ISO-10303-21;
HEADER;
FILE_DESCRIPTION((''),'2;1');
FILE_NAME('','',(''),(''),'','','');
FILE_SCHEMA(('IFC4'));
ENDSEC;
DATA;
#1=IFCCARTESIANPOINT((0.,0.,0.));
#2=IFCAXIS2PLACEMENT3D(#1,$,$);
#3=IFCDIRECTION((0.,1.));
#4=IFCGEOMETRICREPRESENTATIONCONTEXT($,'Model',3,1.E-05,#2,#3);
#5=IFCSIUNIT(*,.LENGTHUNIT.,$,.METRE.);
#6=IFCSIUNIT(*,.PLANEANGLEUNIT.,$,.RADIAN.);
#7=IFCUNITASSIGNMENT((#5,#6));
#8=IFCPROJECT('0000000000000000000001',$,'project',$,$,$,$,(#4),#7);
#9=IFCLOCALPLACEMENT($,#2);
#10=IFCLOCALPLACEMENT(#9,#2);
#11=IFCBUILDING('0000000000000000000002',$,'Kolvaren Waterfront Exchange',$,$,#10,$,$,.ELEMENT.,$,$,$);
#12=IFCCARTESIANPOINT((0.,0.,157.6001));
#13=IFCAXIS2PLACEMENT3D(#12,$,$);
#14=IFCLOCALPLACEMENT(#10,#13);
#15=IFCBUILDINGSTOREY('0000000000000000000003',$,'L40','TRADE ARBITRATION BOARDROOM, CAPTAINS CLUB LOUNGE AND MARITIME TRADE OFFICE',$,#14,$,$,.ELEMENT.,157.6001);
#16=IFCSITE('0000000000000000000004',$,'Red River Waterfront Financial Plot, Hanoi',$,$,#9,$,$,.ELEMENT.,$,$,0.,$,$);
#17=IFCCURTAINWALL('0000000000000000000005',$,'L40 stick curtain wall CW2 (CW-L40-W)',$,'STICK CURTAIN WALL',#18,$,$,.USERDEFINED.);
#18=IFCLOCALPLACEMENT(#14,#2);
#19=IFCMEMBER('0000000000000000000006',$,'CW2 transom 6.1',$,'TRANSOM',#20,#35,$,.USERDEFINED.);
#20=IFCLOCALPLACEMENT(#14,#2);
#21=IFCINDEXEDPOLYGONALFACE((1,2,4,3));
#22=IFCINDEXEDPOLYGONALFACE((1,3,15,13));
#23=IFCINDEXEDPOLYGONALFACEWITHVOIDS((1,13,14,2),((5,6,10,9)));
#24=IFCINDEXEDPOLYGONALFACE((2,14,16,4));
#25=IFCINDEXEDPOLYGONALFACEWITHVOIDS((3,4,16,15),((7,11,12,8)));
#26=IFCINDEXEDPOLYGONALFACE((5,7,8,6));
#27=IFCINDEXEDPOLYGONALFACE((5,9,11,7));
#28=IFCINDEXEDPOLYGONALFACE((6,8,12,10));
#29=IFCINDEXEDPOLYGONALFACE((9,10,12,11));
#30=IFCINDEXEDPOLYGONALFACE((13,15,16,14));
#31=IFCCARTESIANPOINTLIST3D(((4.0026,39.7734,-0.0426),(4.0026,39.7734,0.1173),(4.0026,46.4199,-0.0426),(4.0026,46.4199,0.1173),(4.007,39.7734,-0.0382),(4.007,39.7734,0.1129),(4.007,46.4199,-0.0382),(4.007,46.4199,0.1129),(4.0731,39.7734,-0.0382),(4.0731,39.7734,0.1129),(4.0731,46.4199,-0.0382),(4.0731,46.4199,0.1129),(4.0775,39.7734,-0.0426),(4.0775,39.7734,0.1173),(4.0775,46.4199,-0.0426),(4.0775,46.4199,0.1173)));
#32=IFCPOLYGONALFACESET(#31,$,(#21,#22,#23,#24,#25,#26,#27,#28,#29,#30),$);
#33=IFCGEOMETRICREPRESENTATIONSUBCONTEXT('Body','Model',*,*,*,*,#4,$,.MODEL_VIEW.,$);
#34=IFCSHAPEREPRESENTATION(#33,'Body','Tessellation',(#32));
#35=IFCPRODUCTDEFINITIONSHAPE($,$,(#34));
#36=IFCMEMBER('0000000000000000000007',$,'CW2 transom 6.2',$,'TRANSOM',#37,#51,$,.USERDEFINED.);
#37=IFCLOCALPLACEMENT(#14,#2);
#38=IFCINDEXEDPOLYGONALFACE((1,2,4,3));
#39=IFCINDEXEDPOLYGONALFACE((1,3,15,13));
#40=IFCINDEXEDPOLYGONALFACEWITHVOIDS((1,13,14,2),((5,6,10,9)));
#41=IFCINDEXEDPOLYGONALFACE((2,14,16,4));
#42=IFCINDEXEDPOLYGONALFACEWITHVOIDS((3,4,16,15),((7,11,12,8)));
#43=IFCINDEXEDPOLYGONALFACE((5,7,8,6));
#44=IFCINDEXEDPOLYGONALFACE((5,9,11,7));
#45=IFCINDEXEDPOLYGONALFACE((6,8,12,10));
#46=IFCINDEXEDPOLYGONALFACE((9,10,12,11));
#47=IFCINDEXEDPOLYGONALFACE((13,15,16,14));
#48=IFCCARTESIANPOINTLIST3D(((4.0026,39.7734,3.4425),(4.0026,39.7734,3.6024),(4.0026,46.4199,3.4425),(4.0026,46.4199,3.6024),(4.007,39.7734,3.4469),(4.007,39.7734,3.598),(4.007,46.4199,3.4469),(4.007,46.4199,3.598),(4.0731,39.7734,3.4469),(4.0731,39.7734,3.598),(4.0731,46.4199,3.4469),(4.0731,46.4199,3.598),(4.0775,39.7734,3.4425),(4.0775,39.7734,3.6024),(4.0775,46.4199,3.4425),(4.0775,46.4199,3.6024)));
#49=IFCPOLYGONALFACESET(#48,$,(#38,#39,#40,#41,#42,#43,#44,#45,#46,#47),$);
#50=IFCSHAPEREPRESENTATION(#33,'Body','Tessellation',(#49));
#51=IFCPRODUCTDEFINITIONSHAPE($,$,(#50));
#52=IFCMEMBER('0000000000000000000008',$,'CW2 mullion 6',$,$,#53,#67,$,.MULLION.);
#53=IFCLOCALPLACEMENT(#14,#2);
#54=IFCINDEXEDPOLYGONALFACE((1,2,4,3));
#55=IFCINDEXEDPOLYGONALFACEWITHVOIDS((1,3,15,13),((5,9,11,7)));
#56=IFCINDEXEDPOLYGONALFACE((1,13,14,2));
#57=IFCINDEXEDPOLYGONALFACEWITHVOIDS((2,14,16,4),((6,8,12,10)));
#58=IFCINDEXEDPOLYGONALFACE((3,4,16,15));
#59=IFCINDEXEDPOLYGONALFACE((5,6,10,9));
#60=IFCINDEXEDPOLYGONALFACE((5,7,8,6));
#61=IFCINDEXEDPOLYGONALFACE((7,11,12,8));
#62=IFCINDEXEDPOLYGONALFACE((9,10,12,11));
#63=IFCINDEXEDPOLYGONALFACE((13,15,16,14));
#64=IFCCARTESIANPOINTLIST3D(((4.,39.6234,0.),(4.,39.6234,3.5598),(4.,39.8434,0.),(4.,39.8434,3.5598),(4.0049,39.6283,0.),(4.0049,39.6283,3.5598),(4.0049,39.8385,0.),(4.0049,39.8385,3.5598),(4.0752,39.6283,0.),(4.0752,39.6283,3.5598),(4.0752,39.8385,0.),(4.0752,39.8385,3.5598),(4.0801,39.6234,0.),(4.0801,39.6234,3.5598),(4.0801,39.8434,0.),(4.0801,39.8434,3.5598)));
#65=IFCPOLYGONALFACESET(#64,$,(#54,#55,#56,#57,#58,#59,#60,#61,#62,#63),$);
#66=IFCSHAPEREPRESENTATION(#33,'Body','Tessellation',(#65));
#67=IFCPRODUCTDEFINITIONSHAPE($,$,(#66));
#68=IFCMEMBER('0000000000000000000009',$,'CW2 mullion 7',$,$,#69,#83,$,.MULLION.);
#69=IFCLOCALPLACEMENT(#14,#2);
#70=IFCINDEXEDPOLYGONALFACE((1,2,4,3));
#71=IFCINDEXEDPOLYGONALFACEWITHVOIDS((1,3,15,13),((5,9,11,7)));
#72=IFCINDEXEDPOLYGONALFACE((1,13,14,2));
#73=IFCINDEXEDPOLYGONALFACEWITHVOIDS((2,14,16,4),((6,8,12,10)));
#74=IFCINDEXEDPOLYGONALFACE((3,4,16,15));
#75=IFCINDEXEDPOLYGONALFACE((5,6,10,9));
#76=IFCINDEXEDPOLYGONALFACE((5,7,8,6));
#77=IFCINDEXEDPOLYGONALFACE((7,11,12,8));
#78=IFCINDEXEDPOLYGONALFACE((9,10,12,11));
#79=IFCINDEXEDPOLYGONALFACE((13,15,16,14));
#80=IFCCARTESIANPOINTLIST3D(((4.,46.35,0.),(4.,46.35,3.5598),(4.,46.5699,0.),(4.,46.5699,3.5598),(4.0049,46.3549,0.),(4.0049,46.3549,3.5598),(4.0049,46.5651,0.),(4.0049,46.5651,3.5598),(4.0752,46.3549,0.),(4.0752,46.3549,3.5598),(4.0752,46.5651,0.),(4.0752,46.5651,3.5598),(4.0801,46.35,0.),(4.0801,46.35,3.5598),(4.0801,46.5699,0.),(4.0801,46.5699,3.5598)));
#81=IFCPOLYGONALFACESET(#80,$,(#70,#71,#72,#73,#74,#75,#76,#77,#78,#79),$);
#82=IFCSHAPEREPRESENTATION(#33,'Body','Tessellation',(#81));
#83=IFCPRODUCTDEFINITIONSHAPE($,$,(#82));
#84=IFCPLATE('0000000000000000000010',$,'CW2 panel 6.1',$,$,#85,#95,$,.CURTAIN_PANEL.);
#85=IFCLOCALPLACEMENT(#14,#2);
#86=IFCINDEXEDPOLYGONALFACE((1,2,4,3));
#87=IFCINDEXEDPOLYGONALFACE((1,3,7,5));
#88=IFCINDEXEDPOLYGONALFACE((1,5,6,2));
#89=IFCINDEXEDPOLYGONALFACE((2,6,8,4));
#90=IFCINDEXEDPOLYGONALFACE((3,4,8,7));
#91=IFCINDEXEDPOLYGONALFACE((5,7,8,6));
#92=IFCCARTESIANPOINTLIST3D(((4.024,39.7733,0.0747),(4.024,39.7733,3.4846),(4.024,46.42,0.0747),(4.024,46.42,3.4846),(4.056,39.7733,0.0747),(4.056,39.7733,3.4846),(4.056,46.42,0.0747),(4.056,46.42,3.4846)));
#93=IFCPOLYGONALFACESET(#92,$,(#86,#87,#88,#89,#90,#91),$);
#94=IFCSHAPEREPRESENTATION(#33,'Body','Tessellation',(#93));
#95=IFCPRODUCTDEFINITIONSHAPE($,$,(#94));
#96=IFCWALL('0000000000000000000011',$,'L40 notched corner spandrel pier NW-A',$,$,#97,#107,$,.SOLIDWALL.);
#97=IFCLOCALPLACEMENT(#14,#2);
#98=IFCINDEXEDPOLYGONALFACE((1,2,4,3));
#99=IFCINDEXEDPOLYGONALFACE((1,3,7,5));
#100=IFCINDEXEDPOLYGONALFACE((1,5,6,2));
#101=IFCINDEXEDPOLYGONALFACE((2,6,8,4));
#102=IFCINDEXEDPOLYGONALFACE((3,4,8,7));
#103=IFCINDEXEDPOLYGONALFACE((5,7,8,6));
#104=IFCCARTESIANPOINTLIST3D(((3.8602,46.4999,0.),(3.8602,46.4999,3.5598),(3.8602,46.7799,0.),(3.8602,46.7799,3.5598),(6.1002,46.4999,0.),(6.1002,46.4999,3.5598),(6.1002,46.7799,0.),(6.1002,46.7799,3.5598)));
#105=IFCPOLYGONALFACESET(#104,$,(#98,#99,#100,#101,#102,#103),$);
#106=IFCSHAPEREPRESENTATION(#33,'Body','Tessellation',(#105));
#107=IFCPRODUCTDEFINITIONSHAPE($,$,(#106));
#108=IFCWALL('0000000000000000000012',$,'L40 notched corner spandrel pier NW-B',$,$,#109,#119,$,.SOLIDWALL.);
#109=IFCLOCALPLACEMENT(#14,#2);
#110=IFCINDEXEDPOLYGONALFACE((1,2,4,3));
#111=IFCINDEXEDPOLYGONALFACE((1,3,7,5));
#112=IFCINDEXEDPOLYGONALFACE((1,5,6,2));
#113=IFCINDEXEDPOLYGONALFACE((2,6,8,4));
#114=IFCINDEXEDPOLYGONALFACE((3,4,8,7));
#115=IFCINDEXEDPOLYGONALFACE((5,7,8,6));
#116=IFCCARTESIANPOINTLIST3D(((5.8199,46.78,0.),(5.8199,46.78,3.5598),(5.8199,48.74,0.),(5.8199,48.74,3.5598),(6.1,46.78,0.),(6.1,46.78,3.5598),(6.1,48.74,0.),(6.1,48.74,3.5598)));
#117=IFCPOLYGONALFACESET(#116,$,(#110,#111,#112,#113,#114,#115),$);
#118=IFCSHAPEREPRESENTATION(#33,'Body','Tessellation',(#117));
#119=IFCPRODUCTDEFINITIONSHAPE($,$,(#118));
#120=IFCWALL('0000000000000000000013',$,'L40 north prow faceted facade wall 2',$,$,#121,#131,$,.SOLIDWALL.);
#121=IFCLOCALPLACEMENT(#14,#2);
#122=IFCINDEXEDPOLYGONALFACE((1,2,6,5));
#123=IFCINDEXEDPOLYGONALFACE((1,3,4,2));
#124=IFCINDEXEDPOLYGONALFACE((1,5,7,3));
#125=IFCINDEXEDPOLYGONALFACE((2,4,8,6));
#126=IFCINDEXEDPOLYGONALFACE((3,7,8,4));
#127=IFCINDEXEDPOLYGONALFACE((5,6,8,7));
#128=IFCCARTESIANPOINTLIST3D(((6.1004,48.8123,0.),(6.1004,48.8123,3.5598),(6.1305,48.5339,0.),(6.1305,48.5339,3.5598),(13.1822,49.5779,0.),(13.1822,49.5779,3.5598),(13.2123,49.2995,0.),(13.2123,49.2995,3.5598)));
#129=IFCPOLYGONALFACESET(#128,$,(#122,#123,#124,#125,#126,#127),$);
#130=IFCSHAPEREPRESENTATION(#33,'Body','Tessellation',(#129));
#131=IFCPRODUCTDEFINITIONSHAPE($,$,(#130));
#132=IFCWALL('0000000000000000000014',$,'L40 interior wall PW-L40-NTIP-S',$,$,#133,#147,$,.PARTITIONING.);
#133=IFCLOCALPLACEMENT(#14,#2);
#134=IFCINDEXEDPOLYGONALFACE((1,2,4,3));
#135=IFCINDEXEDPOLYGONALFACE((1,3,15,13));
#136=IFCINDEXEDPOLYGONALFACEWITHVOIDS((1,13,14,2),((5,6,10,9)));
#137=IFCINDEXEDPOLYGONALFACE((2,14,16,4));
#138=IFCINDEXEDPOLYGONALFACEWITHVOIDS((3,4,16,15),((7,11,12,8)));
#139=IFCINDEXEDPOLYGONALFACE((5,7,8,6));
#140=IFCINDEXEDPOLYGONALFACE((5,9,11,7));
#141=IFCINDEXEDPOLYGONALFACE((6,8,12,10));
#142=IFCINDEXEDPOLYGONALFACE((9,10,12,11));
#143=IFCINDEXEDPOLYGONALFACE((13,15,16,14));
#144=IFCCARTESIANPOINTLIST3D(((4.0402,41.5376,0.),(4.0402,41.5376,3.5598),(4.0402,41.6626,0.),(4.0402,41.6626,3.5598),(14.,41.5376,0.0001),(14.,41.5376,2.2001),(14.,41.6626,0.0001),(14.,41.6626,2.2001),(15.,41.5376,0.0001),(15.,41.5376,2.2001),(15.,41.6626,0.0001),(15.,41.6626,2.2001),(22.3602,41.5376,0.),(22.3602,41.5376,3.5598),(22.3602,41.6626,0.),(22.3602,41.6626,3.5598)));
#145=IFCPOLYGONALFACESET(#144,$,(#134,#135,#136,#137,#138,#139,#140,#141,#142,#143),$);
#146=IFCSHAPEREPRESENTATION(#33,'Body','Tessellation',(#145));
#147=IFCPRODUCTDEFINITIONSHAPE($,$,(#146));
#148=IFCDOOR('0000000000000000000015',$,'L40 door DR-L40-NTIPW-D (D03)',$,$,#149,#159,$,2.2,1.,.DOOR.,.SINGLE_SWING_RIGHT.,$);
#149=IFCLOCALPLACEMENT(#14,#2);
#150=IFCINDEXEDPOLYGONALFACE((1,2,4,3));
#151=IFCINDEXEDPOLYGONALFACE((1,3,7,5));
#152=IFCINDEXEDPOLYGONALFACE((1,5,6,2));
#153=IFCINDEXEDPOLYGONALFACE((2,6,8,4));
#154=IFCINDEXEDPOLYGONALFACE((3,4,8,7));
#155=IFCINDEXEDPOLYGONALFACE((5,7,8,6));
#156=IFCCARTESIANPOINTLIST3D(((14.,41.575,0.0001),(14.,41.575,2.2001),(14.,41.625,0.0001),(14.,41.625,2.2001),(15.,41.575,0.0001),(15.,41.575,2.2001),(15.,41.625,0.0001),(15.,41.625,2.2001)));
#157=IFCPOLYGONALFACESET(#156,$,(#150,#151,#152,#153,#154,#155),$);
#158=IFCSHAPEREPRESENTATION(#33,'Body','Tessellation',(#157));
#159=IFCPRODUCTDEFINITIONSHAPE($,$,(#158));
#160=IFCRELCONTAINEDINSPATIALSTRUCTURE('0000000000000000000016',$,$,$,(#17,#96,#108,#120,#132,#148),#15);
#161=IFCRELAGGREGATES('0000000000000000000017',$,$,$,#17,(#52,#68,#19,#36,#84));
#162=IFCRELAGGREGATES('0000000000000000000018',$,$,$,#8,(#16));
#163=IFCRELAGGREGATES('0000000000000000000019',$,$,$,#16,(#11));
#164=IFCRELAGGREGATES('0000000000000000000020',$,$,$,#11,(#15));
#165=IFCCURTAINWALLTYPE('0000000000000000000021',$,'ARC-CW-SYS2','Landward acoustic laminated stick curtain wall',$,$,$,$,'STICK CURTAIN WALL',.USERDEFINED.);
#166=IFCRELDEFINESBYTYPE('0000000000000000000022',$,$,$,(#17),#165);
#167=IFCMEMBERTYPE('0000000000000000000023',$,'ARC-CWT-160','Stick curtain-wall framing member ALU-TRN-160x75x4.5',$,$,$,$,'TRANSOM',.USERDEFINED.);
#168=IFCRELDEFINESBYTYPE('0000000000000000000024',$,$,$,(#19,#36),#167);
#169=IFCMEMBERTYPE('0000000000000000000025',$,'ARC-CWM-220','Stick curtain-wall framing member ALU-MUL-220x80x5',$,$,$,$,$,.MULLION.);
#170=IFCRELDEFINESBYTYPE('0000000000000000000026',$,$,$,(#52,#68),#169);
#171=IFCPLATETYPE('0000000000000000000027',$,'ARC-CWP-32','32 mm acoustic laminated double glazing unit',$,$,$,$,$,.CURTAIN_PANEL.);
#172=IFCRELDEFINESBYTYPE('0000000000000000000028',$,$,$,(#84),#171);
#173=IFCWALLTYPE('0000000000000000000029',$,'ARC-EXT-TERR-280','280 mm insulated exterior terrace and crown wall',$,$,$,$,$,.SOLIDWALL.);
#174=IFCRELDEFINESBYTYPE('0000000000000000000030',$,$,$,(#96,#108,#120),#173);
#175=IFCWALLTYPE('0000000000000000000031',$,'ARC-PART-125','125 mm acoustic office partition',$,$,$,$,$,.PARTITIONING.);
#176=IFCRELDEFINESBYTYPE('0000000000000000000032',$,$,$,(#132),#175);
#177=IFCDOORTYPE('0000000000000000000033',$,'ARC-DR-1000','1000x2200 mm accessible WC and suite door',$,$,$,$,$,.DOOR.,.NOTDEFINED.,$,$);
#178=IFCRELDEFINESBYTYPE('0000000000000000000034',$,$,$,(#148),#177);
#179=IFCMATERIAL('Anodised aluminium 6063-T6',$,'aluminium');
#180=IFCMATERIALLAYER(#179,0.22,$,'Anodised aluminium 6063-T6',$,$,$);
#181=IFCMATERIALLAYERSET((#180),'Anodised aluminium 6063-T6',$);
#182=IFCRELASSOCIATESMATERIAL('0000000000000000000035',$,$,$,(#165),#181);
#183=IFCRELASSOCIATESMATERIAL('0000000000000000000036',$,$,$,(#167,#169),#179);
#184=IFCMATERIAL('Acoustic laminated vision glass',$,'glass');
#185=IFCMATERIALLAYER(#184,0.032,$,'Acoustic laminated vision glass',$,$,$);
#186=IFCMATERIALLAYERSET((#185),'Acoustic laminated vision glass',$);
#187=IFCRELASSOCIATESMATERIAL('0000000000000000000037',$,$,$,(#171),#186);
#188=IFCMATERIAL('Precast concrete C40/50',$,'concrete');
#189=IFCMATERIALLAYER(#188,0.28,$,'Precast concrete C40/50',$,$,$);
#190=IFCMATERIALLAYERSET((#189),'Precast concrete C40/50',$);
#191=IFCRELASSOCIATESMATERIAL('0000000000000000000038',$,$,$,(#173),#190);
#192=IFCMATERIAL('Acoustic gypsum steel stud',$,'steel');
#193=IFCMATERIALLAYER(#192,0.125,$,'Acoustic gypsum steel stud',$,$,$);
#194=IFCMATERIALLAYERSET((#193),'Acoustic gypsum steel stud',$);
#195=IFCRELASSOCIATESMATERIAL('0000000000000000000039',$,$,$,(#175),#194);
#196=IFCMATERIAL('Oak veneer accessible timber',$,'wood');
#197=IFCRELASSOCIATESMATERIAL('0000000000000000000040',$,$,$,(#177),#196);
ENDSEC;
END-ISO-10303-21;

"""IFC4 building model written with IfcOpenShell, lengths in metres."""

from ifc_helpers import new_model, si_unit, direction, frame, frame_2d, origin, origin_with_axes, origin_2d, place, context, subcontext, project, spatial, rectangle, hollow_rectangle, extrude, source, transform, mapped, material, layer, layer_set, material_profile, profile_set, type_object, element, fill, aggregate, save


model = new_model("IFC4")

# Units and contexts
model_context = context("Model", 3, precision=1e-05, world=origin(), true_north=direction((0.0, 1.0)))
body_context = subcontext(model_context, "Body", "Model", "MODEL_VIEW")
ifc_project = project(units=[si_unit("LENGTHUNIT", "METRE"), si_unit("PLANEANGLEUNIT", "RADIAN")], contexts=[model_context])

# Site, building, storey
site_placement = place(None, origin())
site = spatial("IfcSite", under=ifc_project, at=site_placement, Name="Red River Waterfront Financial Plot, Hanoi", CompositionType="ELEMENT", RefElevation=0.0)
building_placement = place(site_placement, origin())
building = spatial("IfcBuilding", under=site, at=building_placement, Name="Kolvaren Waterfront Exchange", CompositionType="ELEMENT")
storey_placement = place(building_placement, frame((0.0, 0.0, 157.6001)))
storey = spatial("IfcBuildingStorey", under=building, at=storey_placement, Name="L40", Description="TRADE ARBITRATION BOARDROOM, CAPTAINS CLUB LOUNGE AND MARITIME TRADE OFFICE", CompositionType="ELEMENT", Elevation=157.6001)

# Curtain wall, members, plate
ifc_material_1 = material(Name="Anodised aluminium 6063-T6", Category="aluminium")
ifc_layer_1 = layer(ifc_material_1, 0.22, Name="Anodised aluminium 6063-T6")
ifc_layer_set_1 = layer_set([ifc_layer_1], Name="Anodised aluminium 6063-T6")
curtain_wall_type = type_object("IfcCurtainWallType", Name="ARC-CW-SYS2", Description="Landward acoustic laminated stick curtain wall", ElementType="STICK CURTAIN WALL", PredefinedType="USERDEFINED", material=ifc_layer_set_1)
curtain_wall_placement = place(storey_placement, origin())
curtain_wall = element("IfcCurtainWall", 1, at=curtain_wall_placement, inside=storey, type_object=curtain_wall_type, Name="L40 stick curtain wall CW2 (CW-L40-W)", ObjectType="STICK CURTAIN WALL", PredefinedType="USERDEFINED")
ifc_material_profile_1 = material_profile(ifc_material_1, hollow_rectangle(XDim=0.075, YDim=0.1599, WallThickness=0.0044, at=origin_2d()), Name="ALU-TRN-160x75x4.5")
ifc_profile_set_1 = profile_set([ifc_material_profile_1], Name="Anodised aluminium 6063-T6")
member_type_1 = type_object("IfcMemberType", Name="ARC-CWT-160", Description="Stick curtain-wall framing member ALU-TRN-160x75x4.5", ElementType="TRANSOM", PredefinedType="USERDEFINED", material=ifc_profile_set_1)
shared_shape_1 = source(origin_with_axes(), body_context, "Body", "SweptSolid", [
    extrude(hollow_rectangle(XDim=0.075, YDim=0.1599, WallThickness=0.0044, at=origin_2d()), origin(), (0.0, 0.0, 1.0), 6.6465),
])
member_1_placement = place(storey_placement, frame((4.04, 39.7734, 0.0374), z_axis=(0.0, 1.0, 0.0), x_axis=(-1.0, 0.0, 0.0)))
member_1 = element("IfcMember", 2, at=member_1_placement, type_object=member_type_1, Name="CW2 transom 6.1", ObjectType="TRANSOM", PredefinedType="USERDEFINED", context=body_context, shape_type="MappedRepresentation", body=[
    mapped(shared_shape_1, transform((0.0, 0.0, 0.0), x_axis=(1.0, 0.0, 0.0), y_axis=(0.0, 1.0, 0.0), z_axis=(0.0, 0.0, 1.0), scale=1.0)),
])
member_2_placement = place(storey_placement, frame((4.04, 39.7734, 3.5225), z_axis=(0.0, 1.0, 0.0), x_axis=(-1.0, 0.0, 0.0)))
member_2 = element("IfcMember", 3, at=member_2_placement, type_object=member_type_1, Name="CW2 transom 6.2", ObjectType="TRANSOM", PredefinedType="USERDEFINED", context=body_context, shape_type="MappedRepresentation", body=[
    mapped(shared_shape_1, transform((0.0, 0.0, 0.0), x_axis=(1.0, 0.0, 0.0), y_axis=(0.0, 1.0, 0.0), z_axis=(0.0, 0.0, 1.0), scale=1.0)),
])
ifc_material_profile_2 = material_profile(ifc_material_1, hollow_rectangle(XDim=0.0801, YDim=0.22, WallThickness=0.0049, at=origin_2d()), Name="ALU-MUL-220x80x5")
ifc_profile_set_2 = profile_set([ifc_material_profile_2], Name="Anodised aluminium 6063-T6")
member_type_2 = type_object("IfcMemberType", Name="ARC-CWM-220", Description="Stick curtain-wall framing member ALU-MUL-220x80x5", PredefinedType="MULLION", material=ifc_profile_set_2)
shared_shape_2 = source(origin_with_axes(), body_context, "Body", "SweptSolid", [
    extrude(hollow_rectangle(XDim=0.0801, YDim=0.22, WallThickness=0.0049, at=origin_2d()), origin(), (0.0, 0.0, 1.0), 3.5598),
])
member_3_placement = place(storey_placement, frame((4.04, 39.7334, 0.0), z_axis=(0.0, 0.0, 1.0), x_axis=(-1.0, 0.0, 0.0)))
member_3 = element("IfcMember", 4, at=member_3_placement, type_object=member_type_2, Name="CW2 mullion 6", PredefinedType="MULLION", context=body_context, shape_type="MappedRepresentation", body=[
    mapped(shared_shape_2, transform((0.0, 0.0, 0.0), x_axis=(1.0, 0.0, 0.0), y_axis=(0.0, 1.0, 0.0), z_axis=(0.0, 0.0, 1.0), scale=1.0)),
])
member_4_placement = place(storey_placement, frame((4.04, 46.46, 0.0), z_axis=(0.0, 0.0, 1.0), x_axis=(-1.0, 0.0, 0.0)))
member_4 = element("IfcMember", 5, at=member_4_placement, type_object=member_type_2, Name="CW2 mullion 7", PredefinedType="MULLION", context=body_context, shape_type="MappedRepresentation", body=[
    mapped(shared_shape_2, transform((0.0, 0.0, 0.0), x_axis=(1.0, 0.0, 0.0), y_axis=(0.0, 1.0, 0.0), z_axis=(0.0, 0.0, 1.0), scale=1.0)),
])
ifc_material_2 = material(Name="Acoustic laminated vision glass", Category="glass")
ifc_layer_2 = layer(ifc_material_2, 0.032, Name="Acoustic laminated vision glass")
ifc_layer_set_2 = layer_set([ifc_layer_2], Name="Acoustic laminated vision glass")
plate_type = type_object("IfcPlateType", Name="ARC-CWP-32", Description="32 mm acoustic laminated double glazing unit", PredefinedType="CURTAIN_PANEL", material=ifc_layer_set_2)
shared_shape_3 = source(origin_with_axes(), body_context, "Body", "SweptSolid", [
    extrude(rectangle(XDim=6.6467, YDim=0.032, at=origin_2d()), origin(), (0.0, 0.0, 1.0), 3.4099),
])
plate_placement = place(storey_placement, frame((4.04, 43.0967, 0.0747), z_axis=(0.0, 0.0, 1.0), x_axis=(0.0, 1.0, 0.0)))
plate = element("IfcPlate", 6, at=plate_placement, type_object=plate_type, Name="CW2 panel 6.1", PredefinedType="CURTAIN_PANEL", context=body_context, shape_type="MappedRepresentation", body=[
    mapped(shared_shape_3, transform((0.0, 0.0, 0.0), x_axis=(1.0, 0.0, 0.0), y_axis=(0.0, 1.0, 0.0), z_axis=(0.0, 0.0, 1.0), scale=1.0)),
])
aggregate(curtain_wall, [member_3, member_4, member_1, member_2, plate])

# Walls
ifc_material_3 = material(Name="Precast concrete C40/50", Category="concrete")
ifc_layer_3 = layer(ifc_material_3, 0.28, Name="Precast concrete C40/50")
ifc_layer_set_3 = layer_set([ifc_layer_3], Name="Precast concrete C40/50")
wall_type_1 = type_object("IfcWallType", Name="ARC-EXT-TERR-280", Description="280 mm insulated exterior terrace and crown wall", PredefinedType="SOLIDWALL", material=ifc_layer_set_3)
wall_1_placement = place(storey_placement, frame((3.8601, 46.6399, 0.0), z_axis=(0.0, 0.0, 1.0), x_axis=(1.0, 0.0, 0.0)))
element("IfcWall", 7, at=wall_1_placement, inside=storey, type_object=wall_type_1, Name="L40 notched corner spandrel pier NW-A", PredefinedType="SOLIDWALL", context=body_context, shape_type="SweptSolid", body=[
    extrude(rectangle(XDim=2.24, YDim=0.28, at=frame_2d((1.1201, 0.0))), origin(), (0.0, 0.0, 1.0), 3.5598),
])
wall_2_placement = place(storey_placement, frame((5.96, 46.78, 0.0), z_axis=(0.0, 0.0, 1.0), x_axis=(0.0, 1.0, 0.0)))
element("IfcWall", 8, at=wall_2_placement, inside=storey, type_object=wall_type_1, Name="L40 notched corner spandrel pier NW-B", PredefinedType="SOLIDWALL", context=body_context, shape_type="SweptSolid", body=[
    extrude(rectangle(XDim=1.96, YDim=0.28, at=frame_2d((0.98, 0.0))), origin(), (0.0, 0.0, 1.0), 3.5598),
])
wall_3_placement = place(storey_placement, frame((13.1973, 49.4387, 0.0), z_axis=(0.0, 0.0, 1.0), x_axis=(-0.994207, -0.107486, 0.0)))
element("IfcWall", 9, at=wall_3_placement, inside=storey, type_object=wall_type_1, Name="L40 north prow faceted facade wall 2", PredefinedType="SOLIDWALL", context=body_context, shape_type="SweptSolid", body=[
    extrude(rectangle(XDim=7.123, YDim=0.28, at=frame_2d((3.5615, 0.0))), origin(), (0.0, 0.0, 1.0), 3.5598),
])

# Wall, opening, door
ifc_material_4 = material(Name="Acoustic gypsum steel stud", Category="steel")
ifc_layer_4 = layer(ifc_material_4, 0.125, Name="Acoustic gypsum steel stud")
ifc_layer_set_4 = layer_set([ifc_layer_4], Name="Acoustic gypsum steel stud")
wall_type_2 = type_object("IfcWallType", Name="ARC-PART-125", Description="125 mm acoustic office partition", PredefinedType="PARTITIONING", material=ifc_layer_set_4)
wall_4_placement = place(storey_placement, frame((4.04, 41.6001, 0.0), z_axis=(0.0, 0.0, 1.0), x_axis=(1.0, 0.0, 0.0)))
wall_4 = element("IfcWall", 10, at=wall_4_placement, inside=storey, type_object=wall_type_2, Name="L40 interior wall PW-L40-NTIP-S", PredefinedType="PARTITIONING", context=body_context, shape_type="SweptSolid", body=[
    extrude(rectangle(XDim=18.3201, YDim=0.125, at=frame_2d((9.1602, 0.0))), origin(), (0.0, 0.0, 1.0), 3.5598),
])
opening_1_placement = place(wall_4_placement, frame((9.96, 0.0, 0.0)))
opening_1 = element("IfcOpeningElement", 11, at=opening_1_placement, cuts=wall_4, PredefinedType="OPENING", context=body_context, shape_type="SweptSolid", body=[
    extrude(rectangle(XDim=1.0, YDim=2.2, at=frame_2d((0.5, 1.1001))), frame((0.0, 0.0725, 0.0), z_axis=(0.0, -1.0, 0.0), x_axis=(1.0, 0.0, 0.0)), (0.0, 0.0, 1.0), 0.145),
])
ifc_material_5 = material(Name="Oak veneer accessible timber", Category="wood")
door_type_1 = type_object("IfcDoorType", Name="ARC-DR-1000", Description="1000x2200 mm accessible WC and suite door", OperationType="NOTDEFINED", PredefinedType="DOOR", material=ifc_material_5)
door_1_placement = place(opening_1_placement, origin())
door_1 = element("IfcDoor", 12, at=door_1_placement, inside=storey, type_object=door_type_1, Name="L40 door DR-L40-NTIPW-D (D03)", OperationType="SINGLE_SWING_RIGHT", OverallHeight=2.2, OverallWidth=1.0, PredefinedType="DOOR", context=body_context, shape_type="SweptSolid", body=[
    extrude(rectangle(XDim=1.0, YDim=2.2, at=frame_2d((0.5, 1.1001))), frame((0.0, 0.0249, 0.0), z_axis=(0.0, -1.0, 0.0), x_axis=(1.0, 0.0, 0.0)), (0.0, 0.0, 1.0), 0.05),
])
fill(opening_1, door_1)

save(model, "model.ifc")
